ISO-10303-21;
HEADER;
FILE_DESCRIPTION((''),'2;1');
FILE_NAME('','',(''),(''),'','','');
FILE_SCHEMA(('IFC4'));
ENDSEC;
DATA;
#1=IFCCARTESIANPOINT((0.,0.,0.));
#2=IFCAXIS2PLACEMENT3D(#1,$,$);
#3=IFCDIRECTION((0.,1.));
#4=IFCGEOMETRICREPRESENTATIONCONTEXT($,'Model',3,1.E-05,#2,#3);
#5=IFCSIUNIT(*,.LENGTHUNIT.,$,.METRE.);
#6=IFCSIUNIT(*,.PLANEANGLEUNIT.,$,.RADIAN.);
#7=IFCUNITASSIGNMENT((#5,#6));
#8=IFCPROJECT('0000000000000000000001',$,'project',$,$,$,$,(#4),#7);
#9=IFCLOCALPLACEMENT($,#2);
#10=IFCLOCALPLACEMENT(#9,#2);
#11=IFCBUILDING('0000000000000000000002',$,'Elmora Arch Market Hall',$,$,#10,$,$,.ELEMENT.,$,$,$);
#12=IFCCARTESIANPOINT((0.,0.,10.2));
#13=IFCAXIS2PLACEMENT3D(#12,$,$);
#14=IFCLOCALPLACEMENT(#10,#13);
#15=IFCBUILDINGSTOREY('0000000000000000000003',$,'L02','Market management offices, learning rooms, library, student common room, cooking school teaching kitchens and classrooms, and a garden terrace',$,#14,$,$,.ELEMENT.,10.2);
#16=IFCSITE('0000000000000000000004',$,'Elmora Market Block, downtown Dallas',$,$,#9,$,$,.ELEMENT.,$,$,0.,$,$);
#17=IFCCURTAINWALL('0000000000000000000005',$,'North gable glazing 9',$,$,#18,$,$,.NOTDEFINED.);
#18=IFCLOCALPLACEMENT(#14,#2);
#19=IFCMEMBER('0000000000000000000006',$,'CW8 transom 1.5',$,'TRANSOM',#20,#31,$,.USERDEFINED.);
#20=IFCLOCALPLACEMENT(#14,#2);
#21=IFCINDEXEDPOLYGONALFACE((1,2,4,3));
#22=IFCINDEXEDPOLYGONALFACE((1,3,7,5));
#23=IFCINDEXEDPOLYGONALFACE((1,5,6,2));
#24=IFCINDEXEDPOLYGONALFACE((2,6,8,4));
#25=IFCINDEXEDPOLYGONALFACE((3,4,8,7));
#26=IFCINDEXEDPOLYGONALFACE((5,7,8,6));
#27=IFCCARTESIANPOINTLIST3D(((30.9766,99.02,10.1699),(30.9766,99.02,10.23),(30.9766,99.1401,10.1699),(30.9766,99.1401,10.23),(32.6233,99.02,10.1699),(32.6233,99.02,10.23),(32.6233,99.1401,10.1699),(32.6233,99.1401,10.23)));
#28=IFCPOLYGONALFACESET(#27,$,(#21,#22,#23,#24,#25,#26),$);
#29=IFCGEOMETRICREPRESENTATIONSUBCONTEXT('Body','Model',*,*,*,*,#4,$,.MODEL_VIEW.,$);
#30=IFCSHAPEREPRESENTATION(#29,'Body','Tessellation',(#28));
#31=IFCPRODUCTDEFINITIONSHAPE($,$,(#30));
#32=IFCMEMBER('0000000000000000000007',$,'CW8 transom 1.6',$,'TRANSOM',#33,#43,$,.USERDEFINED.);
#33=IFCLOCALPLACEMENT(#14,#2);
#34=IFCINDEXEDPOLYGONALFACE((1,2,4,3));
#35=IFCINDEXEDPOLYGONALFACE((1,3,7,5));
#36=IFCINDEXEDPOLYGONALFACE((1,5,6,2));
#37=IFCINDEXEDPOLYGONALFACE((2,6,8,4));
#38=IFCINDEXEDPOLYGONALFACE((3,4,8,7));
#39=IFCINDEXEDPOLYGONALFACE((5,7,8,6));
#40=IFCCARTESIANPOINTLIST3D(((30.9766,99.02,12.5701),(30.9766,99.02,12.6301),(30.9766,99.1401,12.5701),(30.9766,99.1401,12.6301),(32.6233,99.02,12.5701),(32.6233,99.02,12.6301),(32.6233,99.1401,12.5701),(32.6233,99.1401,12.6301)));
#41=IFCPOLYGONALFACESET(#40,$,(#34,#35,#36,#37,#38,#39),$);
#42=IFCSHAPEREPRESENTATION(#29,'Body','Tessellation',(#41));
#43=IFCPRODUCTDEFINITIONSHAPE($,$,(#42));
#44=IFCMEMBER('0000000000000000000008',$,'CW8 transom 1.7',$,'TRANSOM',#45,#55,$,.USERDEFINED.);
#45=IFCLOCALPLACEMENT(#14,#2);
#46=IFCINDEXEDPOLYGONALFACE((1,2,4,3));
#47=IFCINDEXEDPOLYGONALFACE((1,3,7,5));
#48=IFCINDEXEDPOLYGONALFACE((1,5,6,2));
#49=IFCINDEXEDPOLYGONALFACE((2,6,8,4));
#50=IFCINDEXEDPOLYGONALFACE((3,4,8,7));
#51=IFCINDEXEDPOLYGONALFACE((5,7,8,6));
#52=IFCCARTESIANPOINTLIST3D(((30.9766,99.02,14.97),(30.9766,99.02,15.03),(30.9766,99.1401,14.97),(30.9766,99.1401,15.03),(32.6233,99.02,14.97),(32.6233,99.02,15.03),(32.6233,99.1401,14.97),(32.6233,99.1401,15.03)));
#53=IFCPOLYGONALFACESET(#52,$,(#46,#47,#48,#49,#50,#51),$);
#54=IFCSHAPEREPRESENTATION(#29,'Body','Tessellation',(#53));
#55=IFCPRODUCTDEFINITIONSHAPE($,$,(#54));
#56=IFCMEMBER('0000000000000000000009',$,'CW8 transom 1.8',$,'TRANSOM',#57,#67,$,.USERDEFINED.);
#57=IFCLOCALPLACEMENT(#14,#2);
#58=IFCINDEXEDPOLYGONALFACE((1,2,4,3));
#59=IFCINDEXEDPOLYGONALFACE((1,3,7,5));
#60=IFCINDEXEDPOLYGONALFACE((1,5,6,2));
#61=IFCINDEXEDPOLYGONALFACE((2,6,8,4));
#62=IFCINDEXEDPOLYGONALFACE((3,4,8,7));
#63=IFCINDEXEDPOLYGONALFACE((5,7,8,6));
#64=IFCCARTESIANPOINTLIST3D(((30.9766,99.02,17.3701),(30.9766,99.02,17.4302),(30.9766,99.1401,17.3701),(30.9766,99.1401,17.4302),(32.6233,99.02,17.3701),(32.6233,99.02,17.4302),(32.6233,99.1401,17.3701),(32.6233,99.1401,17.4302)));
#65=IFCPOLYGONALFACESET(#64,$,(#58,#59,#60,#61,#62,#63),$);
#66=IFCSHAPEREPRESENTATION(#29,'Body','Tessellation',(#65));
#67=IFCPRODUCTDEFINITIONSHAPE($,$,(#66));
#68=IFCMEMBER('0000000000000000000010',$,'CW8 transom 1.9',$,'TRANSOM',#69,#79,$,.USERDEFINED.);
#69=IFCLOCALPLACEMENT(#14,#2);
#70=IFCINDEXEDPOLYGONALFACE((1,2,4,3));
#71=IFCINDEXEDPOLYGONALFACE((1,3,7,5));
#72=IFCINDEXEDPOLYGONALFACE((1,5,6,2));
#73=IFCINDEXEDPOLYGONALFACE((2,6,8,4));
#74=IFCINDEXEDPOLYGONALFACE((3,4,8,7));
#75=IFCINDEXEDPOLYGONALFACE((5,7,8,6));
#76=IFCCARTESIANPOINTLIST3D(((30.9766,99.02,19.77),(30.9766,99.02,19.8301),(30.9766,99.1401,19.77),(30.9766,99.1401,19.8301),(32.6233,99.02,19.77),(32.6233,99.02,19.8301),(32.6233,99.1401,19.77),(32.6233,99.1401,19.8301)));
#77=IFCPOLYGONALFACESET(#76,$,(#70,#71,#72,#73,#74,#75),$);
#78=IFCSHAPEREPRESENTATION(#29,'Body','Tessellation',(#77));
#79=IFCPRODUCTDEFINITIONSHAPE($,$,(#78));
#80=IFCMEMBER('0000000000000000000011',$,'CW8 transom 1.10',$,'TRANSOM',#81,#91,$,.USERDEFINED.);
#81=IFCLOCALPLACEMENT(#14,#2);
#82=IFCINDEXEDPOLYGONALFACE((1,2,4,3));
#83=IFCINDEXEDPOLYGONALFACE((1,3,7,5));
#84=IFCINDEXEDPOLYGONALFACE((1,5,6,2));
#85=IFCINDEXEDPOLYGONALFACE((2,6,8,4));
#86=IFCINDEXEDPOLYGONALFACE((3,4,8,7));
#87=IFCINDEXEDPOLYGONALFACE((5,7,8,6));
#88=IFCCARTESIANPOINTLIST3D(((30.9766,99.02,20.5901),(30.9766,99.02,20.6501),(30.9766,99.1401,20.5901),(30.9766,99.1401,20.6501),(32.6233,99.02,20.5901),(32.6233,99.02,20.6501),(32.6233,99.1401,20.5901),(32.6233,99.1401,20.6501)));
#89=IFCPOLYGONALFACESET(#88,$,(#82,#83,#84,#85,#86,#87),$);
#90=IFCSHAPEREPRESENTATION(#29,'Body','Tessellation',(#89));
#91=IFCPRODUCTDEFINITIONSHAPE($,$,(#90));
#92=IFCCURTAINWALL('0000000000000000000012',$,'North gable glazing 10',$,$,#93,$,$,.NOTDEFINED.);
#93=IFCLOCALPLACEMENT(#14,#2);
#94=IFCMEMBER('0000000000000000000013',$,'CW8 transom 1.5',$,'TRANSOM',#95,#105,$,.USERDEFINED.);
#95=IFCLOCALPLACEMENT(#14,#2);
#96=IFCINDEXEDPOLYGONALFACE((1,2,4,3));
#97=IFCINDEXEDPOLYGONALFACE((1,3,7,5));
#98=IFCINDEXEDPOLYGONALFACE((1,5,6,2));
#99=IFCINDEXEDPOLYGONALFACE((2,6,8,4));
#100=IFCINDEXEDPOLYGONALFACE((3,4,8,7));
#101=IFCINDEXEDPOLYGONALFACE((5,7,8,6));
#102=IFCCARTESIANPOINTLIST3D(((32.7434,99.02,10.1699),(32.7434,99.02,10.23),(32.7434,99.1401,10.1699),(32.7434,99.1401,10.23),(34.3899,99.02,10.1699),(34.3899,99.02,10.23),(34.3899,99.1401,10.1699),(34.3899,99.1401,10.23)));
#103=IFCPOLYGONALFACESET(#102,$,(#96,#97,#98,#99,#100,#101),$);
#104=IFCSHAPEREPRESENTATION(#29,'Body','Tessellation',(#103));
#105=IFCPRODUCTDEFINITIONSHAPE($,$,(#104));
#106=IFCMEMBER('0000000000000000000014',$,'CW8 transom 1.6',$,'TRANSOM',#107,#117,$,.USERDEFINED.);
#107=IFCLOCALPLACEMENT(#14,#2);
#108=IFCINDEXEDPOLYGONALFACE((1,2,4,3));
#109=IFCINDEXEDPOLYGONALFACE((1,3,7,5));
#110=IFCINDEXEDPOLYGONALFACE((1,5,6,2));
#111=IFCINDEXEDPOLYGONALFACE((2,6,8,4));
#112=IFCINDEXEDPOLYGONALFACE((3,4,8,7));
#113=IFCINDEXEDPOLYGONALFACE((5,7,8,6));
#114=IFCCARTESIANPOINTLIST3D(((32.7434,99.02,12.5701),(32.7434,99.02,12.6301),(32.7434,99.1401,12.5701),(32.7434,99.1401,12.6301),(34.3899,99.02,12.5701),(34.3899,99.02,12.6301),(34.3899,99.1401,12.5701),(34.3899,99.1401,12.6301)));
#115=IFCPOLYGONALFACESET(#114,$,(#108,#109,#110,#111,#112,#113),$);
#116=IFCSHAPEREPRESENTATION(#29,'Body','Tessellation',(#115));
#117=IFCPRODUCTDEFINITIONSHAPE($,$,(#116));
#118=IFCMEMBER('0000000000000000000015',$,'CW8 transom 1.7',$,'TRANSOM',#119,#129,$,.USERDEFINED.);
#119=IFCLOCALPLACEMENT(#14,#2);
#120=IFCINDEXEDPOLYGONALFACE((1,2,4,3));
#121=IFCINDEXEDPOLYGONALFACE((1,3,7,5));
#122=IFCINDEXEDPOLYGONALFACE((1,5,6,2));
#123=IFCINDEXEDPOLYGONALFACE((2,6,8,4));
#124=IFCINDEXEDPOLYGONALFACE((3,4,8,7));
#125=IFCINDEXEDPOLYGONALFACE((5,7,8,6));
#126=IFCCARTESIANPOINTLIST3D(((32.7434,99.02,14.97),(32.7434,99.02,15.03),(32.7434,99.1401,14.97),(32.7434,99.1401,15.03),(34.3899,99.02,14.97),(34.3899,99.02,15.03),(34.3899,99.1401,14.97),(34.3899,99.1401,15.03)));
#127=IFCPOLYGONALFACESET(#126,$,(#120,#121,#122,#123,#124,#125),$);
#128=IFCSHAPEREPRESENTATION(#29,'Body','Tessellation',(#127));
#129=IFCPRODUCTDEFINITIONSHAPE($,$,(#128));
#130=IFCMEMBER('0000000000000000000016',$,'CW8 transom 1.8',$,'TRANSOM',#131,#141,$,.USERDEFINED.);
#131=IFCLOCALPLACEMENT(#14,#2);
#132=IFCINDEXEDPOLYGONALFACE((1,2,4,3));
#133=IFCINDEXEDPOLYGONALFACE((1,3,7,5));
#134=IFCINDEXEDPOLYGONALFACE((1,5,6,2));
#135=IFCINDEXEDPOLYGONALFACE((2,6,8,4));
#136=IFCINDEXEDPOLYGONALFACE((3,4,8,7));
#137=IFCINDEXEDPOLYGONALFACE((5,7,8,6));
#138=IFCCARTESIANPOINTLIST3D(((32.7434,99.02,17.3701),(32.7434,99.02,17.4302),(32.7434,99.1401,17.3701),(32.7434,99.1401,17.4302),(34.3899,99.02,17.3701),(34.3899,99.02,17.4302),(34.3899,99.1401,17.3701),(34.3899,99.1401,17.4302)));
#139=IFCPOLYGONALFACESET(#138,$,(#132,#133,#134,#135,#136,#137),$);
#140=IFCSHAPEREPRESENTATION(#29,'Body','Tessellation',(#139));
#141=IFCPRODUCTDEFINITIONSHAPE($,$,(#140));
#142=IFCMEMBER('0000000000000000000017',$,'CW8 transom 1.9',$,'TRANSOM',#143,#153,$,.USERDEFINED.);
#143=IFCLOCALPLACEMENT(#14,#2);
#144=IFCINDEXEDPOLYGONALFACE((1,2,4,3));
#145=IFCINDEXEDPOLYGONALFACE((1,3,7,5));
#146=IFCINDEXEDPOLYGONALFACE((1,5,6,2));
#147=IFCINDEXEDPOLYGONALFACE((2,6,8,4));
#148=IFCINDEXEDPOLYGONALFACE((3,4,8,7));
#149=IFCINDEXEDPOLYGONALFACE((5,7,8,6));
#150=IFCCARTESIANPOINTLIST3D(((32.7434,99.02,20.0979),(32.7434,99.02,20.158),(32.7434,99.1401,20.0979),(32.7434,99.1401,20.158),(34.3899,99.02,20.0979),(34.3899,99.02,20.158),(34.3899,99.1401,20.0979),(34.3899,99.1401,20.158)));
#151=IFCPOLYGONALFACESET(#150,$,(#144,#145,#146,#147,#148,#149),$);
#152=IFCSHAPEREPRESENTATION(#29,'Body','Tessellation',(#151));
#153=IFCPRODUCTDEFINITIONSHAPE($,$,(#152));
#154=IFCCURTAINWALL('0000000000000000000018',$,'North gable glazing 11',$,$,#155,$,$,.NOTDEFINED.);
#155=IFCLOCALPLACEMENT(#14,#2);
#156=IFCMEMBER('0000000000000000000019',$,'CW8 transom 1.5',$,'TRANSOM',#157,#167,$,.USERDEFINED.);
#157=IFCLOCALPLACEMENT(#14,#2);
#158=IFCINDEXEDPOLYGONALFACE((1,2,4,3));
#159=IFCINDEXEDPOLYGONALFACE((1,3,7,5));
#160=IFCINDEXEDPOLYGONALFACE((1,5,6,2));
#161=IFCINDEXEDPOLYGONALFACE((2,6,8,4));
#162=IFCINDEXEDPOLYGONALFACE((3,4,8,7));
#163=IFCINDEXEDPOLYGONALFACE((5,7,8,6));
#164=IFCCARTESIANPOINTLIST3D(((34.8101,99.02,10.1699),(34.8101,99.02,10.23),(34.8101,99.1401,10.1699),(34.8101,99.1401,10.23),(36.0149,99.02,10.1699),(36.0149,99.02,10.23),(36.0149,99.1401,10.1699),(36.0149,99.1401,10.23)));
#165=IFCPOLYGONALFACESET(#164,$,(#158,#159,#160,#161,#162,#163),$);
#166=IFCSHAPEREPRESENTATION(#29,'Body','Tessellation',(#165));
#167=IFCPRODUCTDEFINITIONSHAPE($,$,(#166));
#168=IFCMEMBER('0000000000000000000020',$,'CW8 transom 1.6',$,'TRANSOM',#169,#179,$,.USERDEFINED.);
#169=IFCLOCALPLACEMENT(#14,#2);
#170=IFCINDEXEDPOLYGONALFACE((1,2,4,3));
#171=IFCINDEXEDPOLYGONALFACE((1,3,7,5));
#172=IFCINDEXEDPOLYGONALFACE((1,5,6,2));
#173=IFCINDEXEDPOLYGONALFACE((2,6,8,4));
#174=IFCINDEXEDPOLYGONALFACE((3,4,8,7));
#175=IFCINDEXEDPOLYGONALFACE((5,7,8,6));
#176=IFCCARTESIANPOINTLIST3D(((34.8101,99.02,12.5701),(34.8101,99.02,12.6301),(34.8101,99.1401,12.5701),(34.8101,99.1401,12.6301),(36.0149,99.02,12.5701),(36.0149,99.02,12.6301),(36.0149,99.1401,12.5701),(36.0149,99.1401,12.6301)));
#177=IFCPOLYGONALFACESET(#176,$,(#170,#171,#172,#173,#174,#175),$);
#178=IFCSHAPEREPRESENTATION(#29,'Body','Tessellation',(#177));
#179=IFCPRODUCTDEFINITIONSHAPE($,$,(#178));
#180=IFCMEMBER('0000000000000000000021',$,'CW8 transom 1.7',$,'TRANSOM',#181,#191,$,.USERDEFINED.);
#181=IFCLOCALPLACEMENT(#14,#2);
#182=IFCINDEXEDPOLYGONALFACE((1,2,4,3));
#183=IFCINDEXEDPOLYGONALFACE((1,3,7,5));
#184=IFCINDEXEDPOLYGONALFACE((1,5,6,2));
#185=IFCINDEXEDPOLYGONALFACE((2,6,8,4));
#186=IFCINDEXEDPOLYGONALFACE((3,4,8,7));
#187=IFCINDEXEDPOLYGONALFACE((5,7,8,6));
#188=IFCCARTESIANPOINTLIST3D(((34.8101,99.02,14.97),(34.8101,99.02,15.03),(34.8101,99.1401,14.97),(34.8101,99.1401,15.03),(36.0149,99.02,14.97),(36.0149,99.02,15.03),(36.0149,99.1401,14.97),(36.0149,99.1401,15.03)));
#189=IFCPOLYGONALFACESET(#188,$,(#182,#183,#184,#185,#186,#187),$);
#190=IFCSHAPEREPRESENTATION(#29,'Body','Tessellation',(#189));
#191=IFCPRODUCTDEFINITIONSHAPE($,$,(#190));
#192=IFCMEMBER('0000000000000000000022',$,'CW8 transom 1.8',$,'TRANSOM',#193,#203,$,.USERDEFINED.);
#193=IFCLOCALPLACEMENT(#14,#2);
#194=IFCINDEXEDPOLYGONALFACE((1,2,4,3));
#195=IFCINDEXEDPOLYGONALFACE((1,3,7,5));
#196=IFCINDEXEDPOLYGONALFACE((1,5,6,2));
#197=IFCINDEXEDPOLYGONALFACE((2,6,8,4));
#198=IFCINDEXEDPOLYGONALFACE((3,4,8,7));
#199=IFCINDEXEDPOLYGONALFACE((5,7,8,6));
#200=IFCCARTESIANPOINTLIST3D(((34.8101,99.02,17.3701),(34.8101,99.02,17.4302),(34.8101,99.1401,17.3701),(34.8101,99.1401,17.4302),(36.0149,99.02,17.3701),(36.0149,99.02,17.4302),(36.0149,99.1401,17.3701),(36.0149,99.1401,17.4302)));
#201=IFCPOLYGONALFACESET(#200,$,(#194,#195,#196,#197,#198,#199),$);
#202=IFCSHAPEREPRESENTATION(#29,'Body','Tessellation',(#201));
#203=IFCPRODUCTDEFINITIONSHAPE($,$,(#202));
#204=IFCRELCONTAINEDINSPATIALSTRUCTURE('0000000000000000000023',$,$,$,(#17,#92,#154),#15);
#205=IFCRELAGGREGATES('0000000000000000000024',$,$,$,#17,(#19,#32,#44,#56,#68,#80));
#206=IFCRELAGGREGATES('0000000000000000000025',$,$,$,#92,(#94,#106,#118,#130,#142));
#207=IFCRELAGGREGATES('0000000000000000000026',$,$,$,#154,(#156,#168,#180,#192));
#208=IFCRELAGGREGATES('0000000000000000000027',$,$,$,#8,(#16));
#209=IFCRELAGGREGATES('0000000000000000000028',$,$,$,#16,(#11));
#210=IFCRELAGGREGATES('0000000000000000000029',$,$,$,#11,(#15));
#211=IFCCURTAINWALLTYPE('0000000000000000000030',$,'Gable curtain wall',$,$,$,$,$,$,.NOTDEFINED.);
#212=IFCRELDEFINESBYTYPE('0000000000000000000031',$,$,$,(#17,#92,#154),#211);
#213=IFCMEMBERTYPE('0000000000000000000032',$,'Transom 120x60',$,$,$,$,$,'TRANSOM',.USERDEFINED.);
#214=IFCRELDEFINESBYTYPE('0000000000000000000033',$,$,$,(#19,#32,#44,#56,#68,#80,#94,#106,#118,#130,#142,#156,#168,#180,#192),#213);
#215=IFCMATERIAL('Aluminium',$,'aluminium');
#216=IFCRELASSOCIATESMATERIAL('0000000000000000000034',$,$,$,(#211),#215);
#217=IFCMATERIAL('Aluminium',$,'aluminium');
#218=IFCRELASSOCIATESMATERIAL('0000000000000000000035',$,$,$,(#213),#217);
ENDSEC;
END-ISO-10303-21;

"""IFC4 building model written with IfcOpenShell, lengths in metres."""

from ifc_helpers import new_model, si_unit, direction, frame, origin, origin_2d, place, context, subcontext, project, spatial, rectangle, extrude, material, material_profile, profile_set, type_object, element, aggregate, save


model = new_model("IFC4")

# Units and contexts
model_context = context("Model", 3, precision=1e-05, world=origin(), true_north=direction((0.0, 1.0)))
body_context = subcontext(model_context, "Body", "Model", "MODEL_VIEW")
ifc_project = project(units=[si_unit("LENGTHUNIT", "METRE"), si_unit("PLANEANGLEUNIT", "RADIAN")], contexts=[model_context])

# Site, building, storey
site_placement = place(None, origin())
site = spatial("IfcSite", under=ifc_project, at=site_placement, Name="Elmora Market Block, downtown Dallas", CompositionType="ELEMENT", RefElevation=0.0)
building_placement = place(site_placement, origin())
building = spatial("IfcBuilding", under=site, at=building_placement, Name="Elmora Arch Market Hall", CompositionType="ELEMENT")
storey_placement = place(building_placement, frame((0.0, 0.0, 10.2)))
storey = spatial("IfcBuildingStorey", under=building, at=storey_placement, Name="L02", Description="Market management offices, learning rooms, library, student common room, cooking school teaching kitchens and classrooms, and a garden terrace", CompositionType="ELEMENT", Elevation=10.2)

# Curtain walls, members
ifc_material_1 = material(Name="Aluminium", Category="aluminium")
curtain_wall_type = type_object("IfcCurtainWallType", Name="Gable curtain wall", PredefinedType="NOTDEFINED", material=ifc_material_1)
curtain_wall_1_placement = place(storey_placement, origin())
curtain_wall_1 = element("IfcCurtainWall", 1, at=curtain_wall_1_placement, inside=storey, type_object=curtain_wall_type, Name="North gable glazing 9", PredefinedType="NOTDEFINED")
ifc_material_2 = material(Name="Aluminium", Category="aluminium")
ifc_material_profile = material_profile(ifc_material_2, rectangle(XDim=0.1201, YDim=0.0601, at=origin_2d()), Name="AL 120x60")
ifc_profile_set = profile_set([ifc_material_profile], Name="Aluminium")
member_type = type_object("IfcMemberType", Name="Transom 120x60", ElementType="TRANSOM", PredefinedType="USERDEFINED", material=ifc_profile_set)
member_1_placement = place(storey_placement, frame((30.9766, 99.0801, 10.2), z_axis=(1.0, 0.0, 0.0), x_axis=(0.0, 1.0, 0.0)))
member_1 = element("IfcMember", 2, at=member_1_placement, type_object=member_type, Name="CW8 transom 1.5", ObjectType="TRANSOM", PredefinedType="USERDEFINED", context=body_context, shape_type="SweptSolid", body=[
    extrude(rectangle(XDim=0.1201, YDim=0.0601, at=origin_2d()), origin(), (0.0, 0.0, 1.0), 1.6467),
])
member_2_placement = place(storey_placement, frame((30.9766, 99.0801, 12.6001), z_axis=(1.0, 0.0, 0.0), x_axis=(0.0, 1.0, 0.0)))
member_2 = element("IfcMember", 3, at=member_2_placement, type_object=member_type, Name="CW8 transom 1.6", ObjectType="TRANSOM", PredefinedType="USERDEFINED", context=body_context, shape_type="SweptSolid", body=[
    extrude(rectangle(XDim=0.1201, YDim=0.0601, at=origin_2d()), origin(), (0.0, 0.0, 1.0), 1.6467),
])
member_3_placement = place(storey_placement, frame((30.9766, 99.0801, 15.0), z_axis=(1.0, 0.0, 0.0), x_axis=(0.0, 1.0, 0.0)))
member_3 = element("IfcMember", 4, at=member_3_placement, type_object=member_type, Name="CW8 transom 1.7", ObjectType="TRANSOM", PredefinedType="USERDEFINED", context=body_context, shape_type="SweptSolid", body=[
    extrude(rectangle(XDim=0.1201, YDim=0.0601, at=origin_2d()), origin(), (0.0, 0.0, 1.0), 1.6467),
])
member_4_placement = place(storey_placement, frame((30.9766, 99.0801, 17.4001), z_axis=(1.0, 0.0, 0.0), x_axis=(0.0, 1.0, 0.0)))
member_4 = element("IfcMember", 5, at=member_4_placement, type_object=member_type, Name="CW8 transom 1.8", ObjectType="TRANSOM", PredefinedType="USERDEFINED", context=body_context, shape_type="SweptSolid", body=[
    extrude(rectangle(XDim=0.1201, YDim=0.0601, at=origin_2d()), origin(), (0.0, 0.0, 1.0), 1.6467),
])
member_5_placement = place(storey_placement, frame((30.9766, 99.0801, 19.8), z_axis=(1.0, 0.0, 0.0), x_axis=(0.0, 1.0, 0.0)))
member_5 = element("IfcMember", 6, at=member_5_placement, type_object=member_type, Name="CW8 transom 1.9", ObjectType="TRANSOM", PredefinedType="USERDEFINED", context=body_context, shape_type="SweptSolid", body=[
    extrude(rectangle(XDim=0.1201, YDim=0.0601, at=origin_2d()), origin(), (0.0, 0.0, 1.0), 1.6467),
])
member_6_placement = place(storey_placement, frame((30.9766, 99.0801, 20.6201), z_axis=(1.0, 0.0, 0.0), x_axis=(0.0, 1.0, 0.0)))
member_6 = element("IfcMember", 7, at=member_6_placement, type_object=member_type, Name="CW8 transom 1.10", ObjectType="TRANSOM", PredefinedType="USERDEFINED", context=body_context, shape_type="SweptSolid", body=[
    extrude(rectangle(XDim=0.1201, YDim=0.0601, at=origin_2d()), origin(), (0.0, 0.0, 1.0), 1.6467),
])
curtain_wall_2_placement = place(storey_placement, origin())
curtain_wall_2 = element("IfcCurtainWall", 8, at=curtain_wall_2_placement, inside=storey, type_object=curtain_wall_type, Name="North gable glazing 10", PredefinedType="NOTDEFINED")
member_7_placement = place(storey_placement, frame((32.7434, 99.0801, 10.2), z_axis=(1.0, 0.0, 0.0), x_axis=(0.0, 1.0, 0.0)))
member_7 = element("IfcMember", 9, at=member_7_placement, type_object=member_type, Name="CW8 transom 1.5", ObjectType="TRANSOM", PredefinedType="USERDEFINED", context=body_context, shape_type="SweptSolid", body=[
    extrude(rectangle(XDim=0.1201, YDim=0.0601, at=origin_2d()), origin(), (0.0, 0.0, 1.0), 1.6465),
])
member_8_placement = place(storey_placement, frame((32.7434, 99.0801, 12.6001), z_axis=(1.0, 0.0, 0.0), x_axis=(0.0, 1.0, 0.0)))
member_8 = element("IfcMember", 10, at=member_8_placement, type_object=member_type, Name="CW8 transom 1.6", ObjectType="TRANSOM", PredefinedType="USERDEFINED", context=body_context, shape_type="SweptSolid", body=[
    extrude(rectangle(XDim=0.1201, YDim=0.0601, at=origin_2d()), origin(), (0.0, 0.0, 1.0), 1.6465),
])
member_9_placement = place(storey_placement, frame((32.7434, 99.0801, 15.0), z_axis=(1.0, 0.0, 0.0), x_axis=(0.0, 1.0, 0.0)))
member_9 = element("IfcMember", 11, at=member_9_placement, type_object=member_type, Name="CW8 transom 1.7", ObjectType="TRANSOM", PredefinedType="USERDEFINED", context=body_context, shape_type="SweptSolid", body=[
    extrude(rectangle(XDim=0.1201, YDim=0.0601, at=origin_2d()), origin(), (0.0, 0.0, 1.0), 1.6465),
])
member_10_placement = place(storey_placement, frame((32.7434, 99.0801, 17.4001), z_axis=(1.0, 0.0, 0.0), x_axis=(0.0, 1.0, 0.0)))
member_10 = element("IfcMember", 12, at=member_10_placement, type_object=member_type, Name="CW8 transom 1.8", ObjectType="TRANSOM", PredefinedType="USERDEFINED", context=body_context, shape_type="SweptSolid", body=[
    extrude(rectangle(XDim=0.1201, YDim=0.0601, at=origin_2d()), origin(), (0.0, 0.0, 1.0), 1.6465),
])
member_11_placement = place(storey_placement, frame((32.7434, 99.0801, 20.1279), z_axis=(1.0, 0.0, 0.0), x_axis=(0.0, 1.0, 0.0)))
member_11 = element("IfcMember", 13, at=member_11_placement, type_object=member_type, Name="CW8 transom 1.9", ObjectType="TRANSOM", PredefinedType="USERDEFINED", context=body_context, shape_type="SweptSolid", body=[
    extrude(rectangle(XDim=0.1201, YDim=0.0601, at=origin_2d()), origin(), (0.0, 0.0, 1.0), 1.6465),
])
curtain_wall_3_placement = place(storey_placement, origin())
curtain_wall_3 = element("IfcCurtainWall", 14, at=curtain_wall_3_placement, inside=storey, type_object=curtain_wall_type, Name="North gable glazing 11", PredefinedType="NOTDEFINED")
member_12_placement = place(storey_placement, frame((34.8101, 99.0801, 10.2), z_axis=(1.0, 0.0, 0.0), x_axis=(0.0, 1.0, 0.0)))
member_12 = element("IfcMember", 15, at=member_12_placement, type_object=member_type, Name="CW8 transom 1.5", ObjectType="TRANSOM", PredefinedType="USERDEFINED", context=body_context, shape_type="SweptSolid", body=[
    extrude(rectangle(XDim=0.1201, YDim=0.0601, at=origin_2d()), origin(), (0.0, 0.0, 1.0), 1.2048),
])
member_13_placement = place(storey_placement, frame((34.8101, 99.0801, 12.6001), z_axis=(1.0, 0.0, 0.0), x_axis=(0.0, 1.0, 0.0)))
member_13 = element("IfcMember", 16, at=member_13_placement, type_object=member_type, Name="CW8 transom 1.6", ObjectType="TRANSOM", PredefinedType="USERDEFINED", context=body_context, shape_type="SweptSolid", body=[
    extrude(rectangle(XDim=0.1201, YDim=0.0601, at=origin_2d()), origin(), (0.0, 0.0, 1.0), 1.2048),
])
member_14_placement = place(storey_placement, frame((34.8101, 99.0801, 15.0), z_axis=(1.0, 0.0, 0.0), x_axis=(0.0, 1.0, 0.0)))
member_14 = element("IfcMember", 17, at=member_14_placement, type_object=member_type, Name="CW8 transom 1.7", ObjectType="TRANSOM", PredefinedType="USERDEFINED", context=body_context, shape_type="SweptSolid", body=[
    extrude(rectangle(XDim=0.1201, YDim=0.0601, at=origin_2d()), origin(), (0.0, 0.0, 1.0), 1.2048),
])
member_15_placement = place(storey_placement, frame((34.8101, 99.0801, 17.4001), z_axis=(1.0, 0.0, 0.0), x_axis=(0.0, 1.0, 0.0)))
member_15 = element("IfcMember", 18, at=member_15_placement, type_object=member_type, Name="CW8 transom 1.8", ObjectType="TRANSOM", PredefinedType="USERDEFINED", context=body_context, shape_type="SweptSolid", body=[
    extrude(rectangle(XDim=0.1201, YDim=0.0601, at=origin_2d()), origin(), (0.0, 0.0, 1.0), 1.2048),
])

aggregate(curtain_wall_1, [member_1, member_2, member_3, member_4, member_5, member_6])
aggregate(curtain_wall_2, [member_7, member_8, member_9, member_10, member_11])
aggregate(curtain_wall_3, [member_12, member_13, member_14, member_15])

save(model, "model.ifc")
